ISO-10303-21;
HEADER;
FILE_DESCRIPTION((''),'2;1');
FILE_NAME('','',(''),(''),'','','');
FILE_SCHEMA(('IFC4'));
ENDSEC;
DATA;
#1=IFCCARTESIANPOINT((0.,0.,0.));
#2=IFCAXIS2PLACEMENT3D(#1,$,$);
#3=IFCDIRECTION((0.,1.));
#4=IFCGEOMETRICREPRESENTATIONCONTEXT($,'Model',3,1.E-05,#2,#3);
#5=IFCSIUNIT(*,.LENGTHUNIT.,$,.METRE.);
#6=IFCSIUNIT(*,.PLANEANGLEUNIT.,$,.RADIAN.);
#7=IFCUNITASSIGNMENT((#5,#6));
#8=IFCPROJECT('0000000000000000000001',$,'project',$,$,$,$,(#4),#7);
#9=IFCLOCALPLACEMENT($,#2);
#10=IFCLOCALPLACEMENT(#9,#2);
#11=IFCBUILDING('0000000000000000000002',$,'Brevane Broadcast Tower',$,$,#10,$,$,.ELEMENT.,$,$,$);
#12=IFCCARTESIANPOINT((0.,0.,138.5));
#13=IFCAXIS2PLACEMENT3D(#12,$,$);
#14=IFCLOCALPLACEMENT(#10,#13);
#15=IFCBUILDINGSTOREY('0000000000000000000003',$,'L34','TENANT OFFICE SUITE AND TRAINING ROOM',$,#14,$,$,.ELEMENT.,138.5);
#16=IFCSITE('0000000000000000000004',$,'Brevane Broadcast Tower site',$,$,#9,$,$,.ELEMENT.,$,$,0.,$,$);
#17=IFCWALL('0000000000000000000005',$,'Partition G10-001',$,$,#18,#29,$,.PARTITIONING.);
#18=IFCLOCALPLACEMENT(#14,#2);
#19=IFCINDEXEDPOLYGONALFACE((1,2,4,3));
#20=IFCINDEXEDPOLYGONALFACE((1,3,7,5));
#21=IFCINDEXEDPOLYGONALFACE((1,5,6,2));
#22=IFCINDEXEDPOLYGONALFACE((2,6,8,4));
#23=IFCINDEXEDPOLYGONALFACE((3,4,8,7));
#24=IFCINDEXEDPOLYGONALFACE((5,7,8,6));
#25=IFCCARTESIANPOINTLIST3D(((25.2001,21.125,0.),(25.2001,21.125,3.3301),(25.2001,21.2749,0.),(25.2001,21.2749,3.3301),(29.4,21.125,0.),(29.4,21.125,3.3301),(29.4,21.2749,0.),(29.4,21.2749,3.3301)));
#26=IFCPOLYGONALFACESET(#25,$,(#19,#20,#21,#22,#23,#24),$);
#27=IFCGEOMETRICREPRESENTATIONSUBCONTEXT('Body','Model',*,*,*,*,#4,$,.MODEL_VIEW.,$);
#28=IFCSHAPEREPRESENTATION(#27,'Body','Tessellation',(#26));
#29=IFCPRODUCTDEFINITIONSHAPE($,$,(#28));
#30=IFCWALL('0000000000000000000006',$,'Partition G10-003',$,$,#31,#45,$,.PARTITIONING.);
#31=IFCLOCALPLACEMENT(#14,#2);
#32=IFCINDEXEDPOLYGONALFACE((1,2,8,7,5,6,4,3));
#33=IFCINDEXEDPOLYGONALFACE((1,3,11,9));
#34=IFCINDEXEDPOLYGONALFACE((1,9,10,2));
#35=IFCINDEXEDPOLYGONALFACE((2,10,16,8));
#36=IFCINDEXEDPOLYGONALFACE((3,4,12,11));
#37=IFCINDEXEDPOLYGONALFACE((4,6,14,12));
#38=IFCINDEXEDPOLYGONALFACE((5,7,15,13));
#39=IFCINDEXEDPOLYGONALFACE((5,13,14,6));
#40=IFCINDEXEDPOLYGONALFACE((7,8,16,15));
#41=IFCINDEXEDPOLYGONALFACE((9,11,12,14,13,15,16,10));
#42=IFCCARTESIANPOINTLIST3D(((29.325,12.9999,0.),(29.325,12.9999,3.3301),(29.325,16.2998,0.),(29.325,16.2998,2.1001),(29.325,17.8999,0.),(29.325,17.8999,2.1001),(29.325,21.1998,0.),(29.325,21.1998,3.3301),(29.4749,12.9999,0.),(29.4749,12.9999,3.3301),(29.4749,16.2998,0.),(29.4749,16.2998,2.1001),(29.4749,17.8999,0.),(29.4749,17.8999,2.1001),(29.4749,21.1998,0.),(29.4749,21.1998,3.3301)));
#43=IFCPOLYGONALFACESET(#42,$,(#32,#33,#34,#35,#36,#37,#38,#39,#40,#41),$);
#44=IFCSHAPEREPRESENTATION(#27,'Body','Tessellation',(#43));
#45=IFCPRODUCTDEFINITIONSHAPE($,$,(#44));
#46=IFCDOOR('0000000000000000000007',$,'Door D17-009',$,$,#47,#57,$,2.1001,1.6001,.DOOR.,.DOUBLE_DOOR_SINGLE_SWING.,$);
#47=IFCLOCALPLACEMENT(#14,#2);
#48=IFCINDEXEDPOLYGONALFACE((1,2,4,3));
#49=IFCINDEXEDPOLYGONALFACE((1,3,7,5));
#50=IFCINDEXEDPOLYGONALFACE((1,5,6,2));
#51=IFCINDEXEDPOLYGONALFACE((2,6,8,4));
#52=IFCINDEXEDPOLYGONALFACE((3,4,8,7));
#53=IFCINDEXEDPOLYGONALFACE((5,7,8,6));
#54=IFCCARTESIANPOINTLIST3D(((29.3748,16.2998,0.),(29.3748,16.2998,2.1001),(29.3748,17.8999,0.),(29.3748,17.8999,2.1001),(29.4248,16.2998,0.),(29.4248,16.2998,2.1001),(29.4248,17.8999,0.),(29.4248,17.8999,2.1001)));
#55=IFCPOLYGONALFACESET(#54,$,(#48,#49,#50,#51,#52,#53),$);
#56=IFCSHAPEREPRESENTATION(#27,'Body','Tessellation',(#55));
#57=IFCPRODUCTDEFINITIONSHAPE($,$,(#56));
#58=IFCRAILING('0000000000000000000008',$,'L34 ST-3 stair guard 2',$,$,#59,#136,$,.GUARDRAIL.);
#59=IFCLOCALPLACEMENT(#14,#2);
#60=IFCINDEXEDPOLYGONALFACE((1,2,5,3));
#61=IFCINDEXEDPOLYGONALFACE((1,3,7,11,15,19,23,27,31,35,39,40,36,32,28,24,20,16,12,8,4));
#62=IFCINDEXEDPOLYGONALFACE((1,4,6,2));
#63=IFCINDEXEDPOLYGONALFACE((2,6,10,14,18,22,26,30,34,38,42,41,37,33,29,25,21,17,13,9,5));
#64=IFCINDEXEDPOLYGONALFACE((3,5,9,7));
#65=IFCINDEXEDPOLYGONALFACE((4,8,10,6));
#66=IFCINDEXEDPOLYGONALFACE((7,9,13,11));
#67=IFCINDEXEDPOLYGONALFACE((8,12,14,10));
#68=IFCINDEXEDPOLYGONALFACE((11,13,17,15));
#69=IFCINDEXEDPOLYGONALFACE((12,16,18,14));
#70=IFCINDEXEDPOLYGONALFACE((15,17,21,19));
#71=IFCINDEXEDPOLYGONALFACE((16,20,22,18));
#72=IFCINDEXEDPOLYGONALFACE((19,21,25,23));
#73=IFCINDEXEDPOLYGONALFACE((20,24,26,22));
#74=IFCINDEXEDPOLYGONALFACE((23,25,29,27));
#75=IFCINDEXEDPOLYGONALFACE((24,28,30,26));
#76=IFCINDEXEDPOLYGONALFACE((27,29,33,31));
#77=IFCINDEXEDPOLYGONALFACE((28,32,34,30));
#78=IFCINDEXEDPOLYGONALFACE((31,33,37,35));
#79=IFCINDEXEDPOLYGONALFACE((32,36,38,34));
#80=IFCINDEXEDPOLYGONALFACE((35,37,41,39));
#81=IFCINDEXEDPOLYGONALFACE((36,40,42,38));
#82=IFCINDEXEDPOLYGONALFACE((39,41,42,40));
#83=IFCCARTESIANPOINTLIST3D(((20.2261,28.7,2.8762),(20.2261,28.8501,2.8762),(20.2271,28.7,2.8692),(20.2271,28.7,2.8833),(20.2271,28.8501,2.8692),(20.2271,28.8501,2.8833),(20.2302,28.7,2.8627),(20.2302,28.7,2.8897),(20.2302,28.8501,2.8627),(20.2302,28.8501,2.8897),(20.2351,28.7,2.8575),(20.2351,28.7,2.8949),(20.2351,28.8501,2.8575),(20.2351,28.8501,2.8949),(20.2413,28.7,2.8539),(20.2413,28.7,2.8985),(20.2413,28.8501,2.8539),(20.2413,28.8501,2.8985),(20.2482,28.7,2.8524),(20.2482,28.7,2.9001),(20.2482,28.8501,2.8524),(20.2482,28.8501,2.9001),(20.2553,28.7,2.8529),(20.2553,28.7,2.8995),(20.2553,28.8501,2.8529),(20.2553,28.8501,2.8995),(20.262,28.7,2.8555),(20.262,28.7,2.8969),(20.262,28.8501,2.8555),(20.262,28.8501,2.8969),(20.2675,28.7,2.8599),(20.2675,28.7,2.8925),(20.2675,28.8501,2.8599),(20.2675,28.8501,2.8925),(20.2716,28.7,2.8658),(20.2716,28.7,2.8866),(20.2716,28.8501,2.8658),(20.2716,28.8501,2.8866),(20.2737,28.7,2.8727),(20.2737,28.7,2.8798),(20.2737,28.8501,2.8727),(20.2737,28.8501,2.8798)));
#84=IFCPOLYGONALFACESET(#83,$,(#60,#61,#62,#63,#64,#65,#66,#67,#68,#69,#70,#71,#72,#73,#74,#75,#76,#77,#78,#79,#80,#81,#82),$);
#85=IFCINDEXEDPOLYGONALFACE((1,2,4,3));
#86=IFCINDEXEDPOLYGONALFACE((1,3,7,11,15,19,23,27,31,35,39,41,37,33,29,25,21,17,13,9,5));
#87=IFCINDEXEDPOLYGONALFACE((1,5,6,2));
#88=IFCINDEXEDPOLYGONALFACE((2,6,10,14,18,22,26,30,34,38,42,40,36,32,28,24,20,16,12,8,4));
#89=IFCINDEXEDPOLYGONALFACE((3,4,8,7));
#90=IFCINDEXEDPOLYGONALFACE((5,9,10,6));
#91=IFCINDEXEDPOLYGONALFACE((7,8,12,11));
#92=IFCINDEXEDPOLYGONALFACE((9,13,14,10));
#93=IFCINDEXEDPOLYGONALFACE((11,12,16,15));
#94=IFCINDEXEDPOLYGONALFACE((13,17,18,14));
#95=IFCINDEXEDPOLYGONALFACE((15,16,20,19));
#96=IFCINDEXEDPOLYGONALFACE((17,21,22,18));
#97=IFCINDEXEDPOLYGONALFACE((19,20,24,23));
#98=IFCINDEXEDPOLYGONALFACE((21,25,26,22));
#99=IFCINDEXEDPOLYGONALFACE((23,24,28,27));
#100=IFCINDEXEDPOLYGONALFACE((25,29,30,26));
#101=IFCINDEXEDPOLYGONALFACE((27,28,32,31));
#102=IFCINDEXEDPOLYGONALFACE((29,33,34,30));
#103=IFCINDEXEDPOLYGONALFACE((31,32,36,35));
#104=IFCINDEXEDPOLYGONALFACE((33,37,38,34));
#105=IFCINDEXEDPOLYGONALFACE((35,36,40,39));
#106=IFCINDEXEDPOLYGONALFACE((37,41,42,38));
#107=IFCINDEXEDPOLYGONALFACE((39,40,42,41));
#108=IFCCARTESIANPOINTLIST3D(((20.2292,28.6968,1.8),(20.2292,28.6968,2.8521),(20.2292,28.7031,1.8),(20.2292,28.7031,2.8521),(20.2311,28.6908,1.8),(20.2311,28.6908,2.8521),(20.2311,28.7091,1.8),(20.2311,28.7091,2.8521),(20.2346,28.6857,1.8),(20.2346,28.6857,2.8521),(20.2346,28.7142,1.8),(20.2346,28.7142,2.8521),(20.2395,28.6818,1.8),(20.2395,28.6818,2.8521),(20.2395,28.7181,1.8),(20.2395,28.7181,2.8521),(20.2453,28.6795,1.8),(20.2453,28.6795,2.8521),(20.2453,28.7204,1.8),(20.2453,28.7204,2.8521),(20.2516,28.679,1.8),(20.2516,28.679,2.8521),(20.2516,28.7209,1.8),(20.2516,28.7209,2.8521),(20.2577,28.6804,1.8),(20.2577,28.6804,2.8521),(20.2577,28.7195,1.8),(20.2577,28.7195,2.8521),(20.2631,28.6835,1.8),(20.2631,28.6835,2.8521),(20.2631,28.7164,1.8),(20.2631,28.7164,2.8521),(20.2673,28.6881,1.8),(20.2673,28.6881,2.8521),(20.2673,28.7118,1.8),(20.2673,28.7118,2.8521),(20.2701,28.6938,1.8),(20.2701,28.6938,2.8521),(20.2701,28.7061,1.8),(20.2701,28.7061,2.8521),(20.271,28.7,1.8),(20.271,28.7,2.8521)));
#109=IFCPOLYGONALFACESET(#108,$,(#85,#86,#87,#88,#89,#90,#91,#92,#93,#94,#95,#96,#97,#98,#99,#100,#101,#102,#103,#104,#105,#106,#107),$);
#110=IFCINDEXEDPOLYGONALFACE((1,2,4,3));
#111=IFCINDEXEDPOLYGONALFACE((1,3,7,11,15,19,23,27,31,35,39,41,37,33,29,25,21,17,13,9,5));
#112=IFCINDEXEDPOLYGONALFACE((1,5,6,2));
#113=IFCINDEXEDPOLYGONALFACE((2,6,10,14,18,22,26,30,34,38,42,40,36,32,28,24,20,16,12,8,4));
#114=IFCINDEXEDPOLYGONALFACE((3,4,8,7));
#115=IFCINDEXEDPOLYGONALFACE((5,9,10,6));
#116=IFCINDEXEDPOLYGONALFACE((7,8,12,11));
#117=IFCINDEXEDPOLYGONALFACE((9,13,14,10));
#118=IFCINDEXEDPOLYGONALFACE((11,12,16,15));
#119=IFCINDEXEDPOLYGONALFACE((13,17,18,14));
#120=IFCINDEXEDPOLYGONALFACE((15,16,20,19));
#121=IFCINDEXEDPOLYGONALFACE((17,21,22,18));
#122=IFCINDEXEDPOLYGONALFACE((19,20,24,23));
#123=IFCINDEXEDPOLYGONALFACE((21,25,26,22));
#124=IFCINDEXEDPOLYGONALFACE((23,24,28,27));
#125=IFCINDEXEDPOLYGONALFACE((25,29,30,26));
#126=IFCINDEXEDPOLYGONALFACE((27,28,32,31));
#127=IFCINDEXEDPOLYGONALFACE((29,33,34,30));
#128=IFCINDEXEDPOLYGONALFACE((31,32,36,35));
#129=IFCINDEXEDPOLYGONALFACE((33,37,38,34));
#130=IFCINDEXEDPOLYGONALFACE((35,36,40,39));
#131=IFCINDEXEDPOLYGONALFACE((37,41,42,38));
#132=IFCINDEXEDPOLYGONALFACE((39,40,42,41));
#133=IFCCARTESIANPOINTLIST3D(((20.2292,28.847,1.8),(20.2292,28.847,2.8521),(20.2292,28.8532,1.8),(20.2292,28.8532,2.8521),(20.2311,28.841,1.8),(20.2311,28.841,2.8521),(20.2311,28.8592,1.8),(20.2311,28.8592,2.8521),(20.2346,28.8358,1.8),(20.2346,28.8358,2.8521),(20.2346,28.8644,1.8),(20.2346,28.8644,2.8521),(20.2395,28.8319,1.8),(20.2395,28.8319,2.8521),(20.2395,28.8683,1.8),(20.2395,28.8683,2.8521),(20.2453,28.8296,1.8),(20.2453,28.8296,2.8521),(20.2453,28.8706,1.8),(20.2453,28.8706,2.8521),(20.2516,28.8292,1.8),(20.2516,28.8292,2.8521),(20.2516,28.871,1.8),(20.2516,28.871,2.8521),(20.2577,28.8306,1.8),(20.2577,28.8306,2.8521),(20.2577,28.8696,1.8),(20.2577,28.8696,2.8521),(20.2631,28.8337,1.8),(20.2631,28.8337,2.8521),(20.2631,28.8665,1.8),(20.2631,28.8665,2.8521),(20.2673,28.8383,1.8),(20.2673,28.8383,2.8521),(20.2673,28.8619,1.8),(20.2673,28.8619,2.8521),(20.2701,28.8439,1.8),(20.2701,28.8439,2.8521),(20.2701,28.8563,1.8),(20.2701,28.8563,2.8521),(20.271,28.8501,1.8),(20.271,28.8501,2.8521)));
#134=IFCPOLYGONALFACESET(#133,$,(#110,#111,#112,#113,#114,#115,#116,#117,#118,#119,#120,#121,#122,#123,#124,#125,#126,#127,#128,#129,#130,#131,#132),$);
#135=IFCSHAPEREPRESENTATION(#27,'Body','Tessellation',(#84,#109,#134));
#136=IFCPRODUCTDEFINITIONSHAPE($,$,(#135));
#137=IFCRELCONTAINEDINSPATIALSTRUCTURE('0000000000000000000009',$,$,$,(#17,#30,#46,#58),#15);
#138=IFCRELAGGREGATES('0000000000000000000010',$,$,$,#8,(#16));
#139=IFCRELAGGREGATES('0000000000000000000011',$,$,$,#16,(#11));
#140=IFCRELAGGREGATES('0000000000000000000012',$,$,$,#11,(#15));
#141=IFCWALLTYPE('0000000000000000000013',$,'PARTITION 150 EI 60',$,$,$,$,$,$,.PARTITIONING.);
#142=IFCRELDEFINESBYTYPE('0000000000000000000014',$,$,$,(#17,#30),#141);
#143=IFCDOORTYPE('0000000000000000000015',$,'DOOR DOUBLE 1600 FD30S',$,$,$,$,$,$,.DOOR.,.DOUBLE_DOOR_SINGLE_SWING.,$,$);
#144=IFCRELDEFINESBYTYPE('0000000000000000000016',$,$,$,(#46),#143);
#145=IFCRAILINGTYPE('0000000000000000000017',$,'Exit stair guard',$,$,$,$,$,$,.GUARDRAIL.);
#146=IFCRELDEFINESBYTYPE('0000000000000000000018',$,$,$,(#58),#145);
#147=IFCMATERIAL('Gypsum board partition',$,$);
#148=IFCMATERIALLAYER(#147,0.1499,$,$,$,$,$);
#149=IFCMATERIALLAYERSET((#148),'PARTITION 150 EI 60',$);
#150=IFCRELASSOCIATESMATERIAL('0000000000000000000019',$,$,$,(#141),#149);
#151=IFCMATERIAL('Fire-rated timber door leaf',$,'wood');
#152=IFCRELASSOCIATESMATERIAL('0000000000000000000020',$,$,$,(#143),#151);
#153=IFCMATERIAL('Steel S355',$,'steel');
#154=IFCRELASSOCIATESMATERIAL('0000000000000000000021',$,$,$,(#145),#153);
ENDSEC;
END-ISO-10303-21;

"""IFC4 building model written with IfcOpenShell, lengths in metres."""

from ifc_helpers import new_model, si_unit, direction, frame, frame_2d, origin, origin_2d, place, context, subcontext, project, spatial, rectangle, circle, extrude, material, layer, layer_set, type_object, element, fill, save


model = new_model("IFC4")

# Units and contexts
model_context = context("Model", 3, precision=1e-05, world=origin(), true_north=direction((0.0, 1.0)))
body_context = subcontext(model_context, "Body", "Model", "MODEL_VIEW")
ifc_project = project(units=[si_unit("LENGTHUNIT", "METRE"), si_unit("PLANEANGLEUNIT", "RADIAN")], contexts=[model_context])

# Site, building, storey
site_placement = place(None, origin())
site = spatial("IfcSite", under=ifc_project, at=site_placement, Name="Brevane Broadcast Tower site", CompositionType="ELEMENT", RefElevation=0.0)
building_placement = place(site_placement, origin())
building = spatial("IfcBuilding", under=site, at=building_placement, Name="Brevane Broadcast Tower", CompositionType="ELEMENT")
storey_placement = place(building_placement, frame((0.0, 0.0, 138.5)))
storey = spatial("IfcBuildingStorey", under=building, at=storey_placement, Name="L34", Description="TENANT OFFICE SUITE AND TRAINING ROOM", CompositionType="ELEMENT", Elevation=138.5)

# Wall
ifc_material_1 = material(Name="Gypsum board partition")
ifc_layer_1 = layer(ifc_material_1, 0.1499)
ifc_layer_set_1 = layer_set([ifc_layer_1], Name="PARTITION 150 EI 60")
wall_type_1 = type_object("IfcWallType", Name="PARTITION 150 EI 60", PredefinedType="PARTITIONING", material=ifc_layer_set_1)
wall_1_placement = place(storey_placement, frame((25.2, 21.2, 0.0), z_axis=(0.0, 0.0, 1.0), x_axis=(1.0, 0.0, 0.0)))
element("IfcWall", 1, at=wall_1_placement, inside=storey, type_object=wall_type_1, Name="Partition G10-001", PredefinedType="PARTITIONING", context=body_context, shape_type="SweptSolid", body=[
    extrude(rectangle(XDim=4.2, YDim=0.1499, at=frame_2d((2.1001, 0.0))), origin(), (0.0, 0.0, 1.0), 3.3301),
])

# Wall, opening, door
wall_2_placement = place(storey_placement, frame((29.3999, 21.2, 0.0), z_axis=(0.0, 0.0, 1.0), x_axis=(0.0, -1.0, 0.0)))
wall_2 = element("IfcWall", 2, at=wall_2_placement, inside=storey, type_object=wall_type_1, Name="Partition G10-003", PredefinedType="PARTITIONING", context=body_context, shape_type="SweptSolid", body=[
    extrude(rectangle(XDim=8.2, YDim=0.1499, at=frame_2d((4.1001, 0.0))), origin(), (0.0, 0.0, 1.0), 3.3301),
])
opening_1_placement = place(wall_2_placement, frame((3.3, 0.0, 0.0)))
opening_1 = element("IfcOpeningElement", 3, at=opening_1_placement, cuts=wall_2, PredefinedType="OPENING", context=body_context, shape_type="SweptSolid", body=[
    extrude(rectangle(XDim=1.6001, YDim=2.1001, at=frame_2d((0.8, 1.05))), frame((0.0, 0.085, 0.0), z_axis=(0.0, -1.0, 0.0), x_axis=(1.0, 0.0, 0.0)), (0.0, 0.0, 1.0), 0.1699),
])
ifc_material_2 = material(Name="Fire-rated timber door leaf", Category="wood")
door_type_1 = type_object("IfcDoorType", Name="DOOR DOUBLE 1600 FD30S", OperationType="DOUBLE_DOOR_SINGLE_SWING", PredefinedType="DOOR", material=ifc_material_2)
door_1_placement = place(opening_1_placement, origin())
door_1 = element("IfcDoor", 4, at=door_1_placement, inside=storey, type_object=door_type_1, Name="Door D17-009", OperationType="DOUBLE_DOOR_SINGLE_SWING", OverallHeight=2.1001, OverallWidth=1.6001, PredefinedType="DOOR", context=body_context, shape_type="SweptSolid", body=[
    extrude(rectangle(XDim=1.6001, YDim=2.1001, at=frame_2d((0.8, 1.05))), frame((0.0, 0.0249, 0.0), z_axis=(0.0, -1.0, 0.0), x_axis=(1.0, 0.0, 0.0)), (0.0, 0.0, 1.0), 0.05),
])
fill(opening_1, door_1)

# Railing
ifc_material_3 = material(Name="Steel S355", Category="steel")
railing_type = type_object("IfcRailingType", Name="Exit stair guard", PredefinedType="GUARDRAIL", material=ifc_material_3)
railing_placement = place(storey_placement, frame((20.25, 28.7, 1.8)))
element("IfcRailing", 5, at=railing_placement, inside=storey, type_object=railing_type, Name="L34 ST-3 stair guard 2", PredefinedType="GUARDRAIL", context=body_context, shape_type="SweptSolid", body=[
    extrude(circle(Radius=0.0239, at=origin_2d()), frame((0.0, 0.0, 1.0762), z_axis=(0.0, 1.0, 0.0), x_axis=(-1.0, 0.0, 0.0)), (0.0, 0.0, 1.0), 0.1501),
    extrude(circle(Radius=0.021, at=origin_2d()), origin(), (0.0, 0.0, 1.0), 1.052),
    extrude(circle(Radius=0.021, at=origin_2d()), frame((0.0, 0.1501, 0.0)), (0.0, 0.0, 1.0), 1.052),
])

save(model, "model.ifc")
